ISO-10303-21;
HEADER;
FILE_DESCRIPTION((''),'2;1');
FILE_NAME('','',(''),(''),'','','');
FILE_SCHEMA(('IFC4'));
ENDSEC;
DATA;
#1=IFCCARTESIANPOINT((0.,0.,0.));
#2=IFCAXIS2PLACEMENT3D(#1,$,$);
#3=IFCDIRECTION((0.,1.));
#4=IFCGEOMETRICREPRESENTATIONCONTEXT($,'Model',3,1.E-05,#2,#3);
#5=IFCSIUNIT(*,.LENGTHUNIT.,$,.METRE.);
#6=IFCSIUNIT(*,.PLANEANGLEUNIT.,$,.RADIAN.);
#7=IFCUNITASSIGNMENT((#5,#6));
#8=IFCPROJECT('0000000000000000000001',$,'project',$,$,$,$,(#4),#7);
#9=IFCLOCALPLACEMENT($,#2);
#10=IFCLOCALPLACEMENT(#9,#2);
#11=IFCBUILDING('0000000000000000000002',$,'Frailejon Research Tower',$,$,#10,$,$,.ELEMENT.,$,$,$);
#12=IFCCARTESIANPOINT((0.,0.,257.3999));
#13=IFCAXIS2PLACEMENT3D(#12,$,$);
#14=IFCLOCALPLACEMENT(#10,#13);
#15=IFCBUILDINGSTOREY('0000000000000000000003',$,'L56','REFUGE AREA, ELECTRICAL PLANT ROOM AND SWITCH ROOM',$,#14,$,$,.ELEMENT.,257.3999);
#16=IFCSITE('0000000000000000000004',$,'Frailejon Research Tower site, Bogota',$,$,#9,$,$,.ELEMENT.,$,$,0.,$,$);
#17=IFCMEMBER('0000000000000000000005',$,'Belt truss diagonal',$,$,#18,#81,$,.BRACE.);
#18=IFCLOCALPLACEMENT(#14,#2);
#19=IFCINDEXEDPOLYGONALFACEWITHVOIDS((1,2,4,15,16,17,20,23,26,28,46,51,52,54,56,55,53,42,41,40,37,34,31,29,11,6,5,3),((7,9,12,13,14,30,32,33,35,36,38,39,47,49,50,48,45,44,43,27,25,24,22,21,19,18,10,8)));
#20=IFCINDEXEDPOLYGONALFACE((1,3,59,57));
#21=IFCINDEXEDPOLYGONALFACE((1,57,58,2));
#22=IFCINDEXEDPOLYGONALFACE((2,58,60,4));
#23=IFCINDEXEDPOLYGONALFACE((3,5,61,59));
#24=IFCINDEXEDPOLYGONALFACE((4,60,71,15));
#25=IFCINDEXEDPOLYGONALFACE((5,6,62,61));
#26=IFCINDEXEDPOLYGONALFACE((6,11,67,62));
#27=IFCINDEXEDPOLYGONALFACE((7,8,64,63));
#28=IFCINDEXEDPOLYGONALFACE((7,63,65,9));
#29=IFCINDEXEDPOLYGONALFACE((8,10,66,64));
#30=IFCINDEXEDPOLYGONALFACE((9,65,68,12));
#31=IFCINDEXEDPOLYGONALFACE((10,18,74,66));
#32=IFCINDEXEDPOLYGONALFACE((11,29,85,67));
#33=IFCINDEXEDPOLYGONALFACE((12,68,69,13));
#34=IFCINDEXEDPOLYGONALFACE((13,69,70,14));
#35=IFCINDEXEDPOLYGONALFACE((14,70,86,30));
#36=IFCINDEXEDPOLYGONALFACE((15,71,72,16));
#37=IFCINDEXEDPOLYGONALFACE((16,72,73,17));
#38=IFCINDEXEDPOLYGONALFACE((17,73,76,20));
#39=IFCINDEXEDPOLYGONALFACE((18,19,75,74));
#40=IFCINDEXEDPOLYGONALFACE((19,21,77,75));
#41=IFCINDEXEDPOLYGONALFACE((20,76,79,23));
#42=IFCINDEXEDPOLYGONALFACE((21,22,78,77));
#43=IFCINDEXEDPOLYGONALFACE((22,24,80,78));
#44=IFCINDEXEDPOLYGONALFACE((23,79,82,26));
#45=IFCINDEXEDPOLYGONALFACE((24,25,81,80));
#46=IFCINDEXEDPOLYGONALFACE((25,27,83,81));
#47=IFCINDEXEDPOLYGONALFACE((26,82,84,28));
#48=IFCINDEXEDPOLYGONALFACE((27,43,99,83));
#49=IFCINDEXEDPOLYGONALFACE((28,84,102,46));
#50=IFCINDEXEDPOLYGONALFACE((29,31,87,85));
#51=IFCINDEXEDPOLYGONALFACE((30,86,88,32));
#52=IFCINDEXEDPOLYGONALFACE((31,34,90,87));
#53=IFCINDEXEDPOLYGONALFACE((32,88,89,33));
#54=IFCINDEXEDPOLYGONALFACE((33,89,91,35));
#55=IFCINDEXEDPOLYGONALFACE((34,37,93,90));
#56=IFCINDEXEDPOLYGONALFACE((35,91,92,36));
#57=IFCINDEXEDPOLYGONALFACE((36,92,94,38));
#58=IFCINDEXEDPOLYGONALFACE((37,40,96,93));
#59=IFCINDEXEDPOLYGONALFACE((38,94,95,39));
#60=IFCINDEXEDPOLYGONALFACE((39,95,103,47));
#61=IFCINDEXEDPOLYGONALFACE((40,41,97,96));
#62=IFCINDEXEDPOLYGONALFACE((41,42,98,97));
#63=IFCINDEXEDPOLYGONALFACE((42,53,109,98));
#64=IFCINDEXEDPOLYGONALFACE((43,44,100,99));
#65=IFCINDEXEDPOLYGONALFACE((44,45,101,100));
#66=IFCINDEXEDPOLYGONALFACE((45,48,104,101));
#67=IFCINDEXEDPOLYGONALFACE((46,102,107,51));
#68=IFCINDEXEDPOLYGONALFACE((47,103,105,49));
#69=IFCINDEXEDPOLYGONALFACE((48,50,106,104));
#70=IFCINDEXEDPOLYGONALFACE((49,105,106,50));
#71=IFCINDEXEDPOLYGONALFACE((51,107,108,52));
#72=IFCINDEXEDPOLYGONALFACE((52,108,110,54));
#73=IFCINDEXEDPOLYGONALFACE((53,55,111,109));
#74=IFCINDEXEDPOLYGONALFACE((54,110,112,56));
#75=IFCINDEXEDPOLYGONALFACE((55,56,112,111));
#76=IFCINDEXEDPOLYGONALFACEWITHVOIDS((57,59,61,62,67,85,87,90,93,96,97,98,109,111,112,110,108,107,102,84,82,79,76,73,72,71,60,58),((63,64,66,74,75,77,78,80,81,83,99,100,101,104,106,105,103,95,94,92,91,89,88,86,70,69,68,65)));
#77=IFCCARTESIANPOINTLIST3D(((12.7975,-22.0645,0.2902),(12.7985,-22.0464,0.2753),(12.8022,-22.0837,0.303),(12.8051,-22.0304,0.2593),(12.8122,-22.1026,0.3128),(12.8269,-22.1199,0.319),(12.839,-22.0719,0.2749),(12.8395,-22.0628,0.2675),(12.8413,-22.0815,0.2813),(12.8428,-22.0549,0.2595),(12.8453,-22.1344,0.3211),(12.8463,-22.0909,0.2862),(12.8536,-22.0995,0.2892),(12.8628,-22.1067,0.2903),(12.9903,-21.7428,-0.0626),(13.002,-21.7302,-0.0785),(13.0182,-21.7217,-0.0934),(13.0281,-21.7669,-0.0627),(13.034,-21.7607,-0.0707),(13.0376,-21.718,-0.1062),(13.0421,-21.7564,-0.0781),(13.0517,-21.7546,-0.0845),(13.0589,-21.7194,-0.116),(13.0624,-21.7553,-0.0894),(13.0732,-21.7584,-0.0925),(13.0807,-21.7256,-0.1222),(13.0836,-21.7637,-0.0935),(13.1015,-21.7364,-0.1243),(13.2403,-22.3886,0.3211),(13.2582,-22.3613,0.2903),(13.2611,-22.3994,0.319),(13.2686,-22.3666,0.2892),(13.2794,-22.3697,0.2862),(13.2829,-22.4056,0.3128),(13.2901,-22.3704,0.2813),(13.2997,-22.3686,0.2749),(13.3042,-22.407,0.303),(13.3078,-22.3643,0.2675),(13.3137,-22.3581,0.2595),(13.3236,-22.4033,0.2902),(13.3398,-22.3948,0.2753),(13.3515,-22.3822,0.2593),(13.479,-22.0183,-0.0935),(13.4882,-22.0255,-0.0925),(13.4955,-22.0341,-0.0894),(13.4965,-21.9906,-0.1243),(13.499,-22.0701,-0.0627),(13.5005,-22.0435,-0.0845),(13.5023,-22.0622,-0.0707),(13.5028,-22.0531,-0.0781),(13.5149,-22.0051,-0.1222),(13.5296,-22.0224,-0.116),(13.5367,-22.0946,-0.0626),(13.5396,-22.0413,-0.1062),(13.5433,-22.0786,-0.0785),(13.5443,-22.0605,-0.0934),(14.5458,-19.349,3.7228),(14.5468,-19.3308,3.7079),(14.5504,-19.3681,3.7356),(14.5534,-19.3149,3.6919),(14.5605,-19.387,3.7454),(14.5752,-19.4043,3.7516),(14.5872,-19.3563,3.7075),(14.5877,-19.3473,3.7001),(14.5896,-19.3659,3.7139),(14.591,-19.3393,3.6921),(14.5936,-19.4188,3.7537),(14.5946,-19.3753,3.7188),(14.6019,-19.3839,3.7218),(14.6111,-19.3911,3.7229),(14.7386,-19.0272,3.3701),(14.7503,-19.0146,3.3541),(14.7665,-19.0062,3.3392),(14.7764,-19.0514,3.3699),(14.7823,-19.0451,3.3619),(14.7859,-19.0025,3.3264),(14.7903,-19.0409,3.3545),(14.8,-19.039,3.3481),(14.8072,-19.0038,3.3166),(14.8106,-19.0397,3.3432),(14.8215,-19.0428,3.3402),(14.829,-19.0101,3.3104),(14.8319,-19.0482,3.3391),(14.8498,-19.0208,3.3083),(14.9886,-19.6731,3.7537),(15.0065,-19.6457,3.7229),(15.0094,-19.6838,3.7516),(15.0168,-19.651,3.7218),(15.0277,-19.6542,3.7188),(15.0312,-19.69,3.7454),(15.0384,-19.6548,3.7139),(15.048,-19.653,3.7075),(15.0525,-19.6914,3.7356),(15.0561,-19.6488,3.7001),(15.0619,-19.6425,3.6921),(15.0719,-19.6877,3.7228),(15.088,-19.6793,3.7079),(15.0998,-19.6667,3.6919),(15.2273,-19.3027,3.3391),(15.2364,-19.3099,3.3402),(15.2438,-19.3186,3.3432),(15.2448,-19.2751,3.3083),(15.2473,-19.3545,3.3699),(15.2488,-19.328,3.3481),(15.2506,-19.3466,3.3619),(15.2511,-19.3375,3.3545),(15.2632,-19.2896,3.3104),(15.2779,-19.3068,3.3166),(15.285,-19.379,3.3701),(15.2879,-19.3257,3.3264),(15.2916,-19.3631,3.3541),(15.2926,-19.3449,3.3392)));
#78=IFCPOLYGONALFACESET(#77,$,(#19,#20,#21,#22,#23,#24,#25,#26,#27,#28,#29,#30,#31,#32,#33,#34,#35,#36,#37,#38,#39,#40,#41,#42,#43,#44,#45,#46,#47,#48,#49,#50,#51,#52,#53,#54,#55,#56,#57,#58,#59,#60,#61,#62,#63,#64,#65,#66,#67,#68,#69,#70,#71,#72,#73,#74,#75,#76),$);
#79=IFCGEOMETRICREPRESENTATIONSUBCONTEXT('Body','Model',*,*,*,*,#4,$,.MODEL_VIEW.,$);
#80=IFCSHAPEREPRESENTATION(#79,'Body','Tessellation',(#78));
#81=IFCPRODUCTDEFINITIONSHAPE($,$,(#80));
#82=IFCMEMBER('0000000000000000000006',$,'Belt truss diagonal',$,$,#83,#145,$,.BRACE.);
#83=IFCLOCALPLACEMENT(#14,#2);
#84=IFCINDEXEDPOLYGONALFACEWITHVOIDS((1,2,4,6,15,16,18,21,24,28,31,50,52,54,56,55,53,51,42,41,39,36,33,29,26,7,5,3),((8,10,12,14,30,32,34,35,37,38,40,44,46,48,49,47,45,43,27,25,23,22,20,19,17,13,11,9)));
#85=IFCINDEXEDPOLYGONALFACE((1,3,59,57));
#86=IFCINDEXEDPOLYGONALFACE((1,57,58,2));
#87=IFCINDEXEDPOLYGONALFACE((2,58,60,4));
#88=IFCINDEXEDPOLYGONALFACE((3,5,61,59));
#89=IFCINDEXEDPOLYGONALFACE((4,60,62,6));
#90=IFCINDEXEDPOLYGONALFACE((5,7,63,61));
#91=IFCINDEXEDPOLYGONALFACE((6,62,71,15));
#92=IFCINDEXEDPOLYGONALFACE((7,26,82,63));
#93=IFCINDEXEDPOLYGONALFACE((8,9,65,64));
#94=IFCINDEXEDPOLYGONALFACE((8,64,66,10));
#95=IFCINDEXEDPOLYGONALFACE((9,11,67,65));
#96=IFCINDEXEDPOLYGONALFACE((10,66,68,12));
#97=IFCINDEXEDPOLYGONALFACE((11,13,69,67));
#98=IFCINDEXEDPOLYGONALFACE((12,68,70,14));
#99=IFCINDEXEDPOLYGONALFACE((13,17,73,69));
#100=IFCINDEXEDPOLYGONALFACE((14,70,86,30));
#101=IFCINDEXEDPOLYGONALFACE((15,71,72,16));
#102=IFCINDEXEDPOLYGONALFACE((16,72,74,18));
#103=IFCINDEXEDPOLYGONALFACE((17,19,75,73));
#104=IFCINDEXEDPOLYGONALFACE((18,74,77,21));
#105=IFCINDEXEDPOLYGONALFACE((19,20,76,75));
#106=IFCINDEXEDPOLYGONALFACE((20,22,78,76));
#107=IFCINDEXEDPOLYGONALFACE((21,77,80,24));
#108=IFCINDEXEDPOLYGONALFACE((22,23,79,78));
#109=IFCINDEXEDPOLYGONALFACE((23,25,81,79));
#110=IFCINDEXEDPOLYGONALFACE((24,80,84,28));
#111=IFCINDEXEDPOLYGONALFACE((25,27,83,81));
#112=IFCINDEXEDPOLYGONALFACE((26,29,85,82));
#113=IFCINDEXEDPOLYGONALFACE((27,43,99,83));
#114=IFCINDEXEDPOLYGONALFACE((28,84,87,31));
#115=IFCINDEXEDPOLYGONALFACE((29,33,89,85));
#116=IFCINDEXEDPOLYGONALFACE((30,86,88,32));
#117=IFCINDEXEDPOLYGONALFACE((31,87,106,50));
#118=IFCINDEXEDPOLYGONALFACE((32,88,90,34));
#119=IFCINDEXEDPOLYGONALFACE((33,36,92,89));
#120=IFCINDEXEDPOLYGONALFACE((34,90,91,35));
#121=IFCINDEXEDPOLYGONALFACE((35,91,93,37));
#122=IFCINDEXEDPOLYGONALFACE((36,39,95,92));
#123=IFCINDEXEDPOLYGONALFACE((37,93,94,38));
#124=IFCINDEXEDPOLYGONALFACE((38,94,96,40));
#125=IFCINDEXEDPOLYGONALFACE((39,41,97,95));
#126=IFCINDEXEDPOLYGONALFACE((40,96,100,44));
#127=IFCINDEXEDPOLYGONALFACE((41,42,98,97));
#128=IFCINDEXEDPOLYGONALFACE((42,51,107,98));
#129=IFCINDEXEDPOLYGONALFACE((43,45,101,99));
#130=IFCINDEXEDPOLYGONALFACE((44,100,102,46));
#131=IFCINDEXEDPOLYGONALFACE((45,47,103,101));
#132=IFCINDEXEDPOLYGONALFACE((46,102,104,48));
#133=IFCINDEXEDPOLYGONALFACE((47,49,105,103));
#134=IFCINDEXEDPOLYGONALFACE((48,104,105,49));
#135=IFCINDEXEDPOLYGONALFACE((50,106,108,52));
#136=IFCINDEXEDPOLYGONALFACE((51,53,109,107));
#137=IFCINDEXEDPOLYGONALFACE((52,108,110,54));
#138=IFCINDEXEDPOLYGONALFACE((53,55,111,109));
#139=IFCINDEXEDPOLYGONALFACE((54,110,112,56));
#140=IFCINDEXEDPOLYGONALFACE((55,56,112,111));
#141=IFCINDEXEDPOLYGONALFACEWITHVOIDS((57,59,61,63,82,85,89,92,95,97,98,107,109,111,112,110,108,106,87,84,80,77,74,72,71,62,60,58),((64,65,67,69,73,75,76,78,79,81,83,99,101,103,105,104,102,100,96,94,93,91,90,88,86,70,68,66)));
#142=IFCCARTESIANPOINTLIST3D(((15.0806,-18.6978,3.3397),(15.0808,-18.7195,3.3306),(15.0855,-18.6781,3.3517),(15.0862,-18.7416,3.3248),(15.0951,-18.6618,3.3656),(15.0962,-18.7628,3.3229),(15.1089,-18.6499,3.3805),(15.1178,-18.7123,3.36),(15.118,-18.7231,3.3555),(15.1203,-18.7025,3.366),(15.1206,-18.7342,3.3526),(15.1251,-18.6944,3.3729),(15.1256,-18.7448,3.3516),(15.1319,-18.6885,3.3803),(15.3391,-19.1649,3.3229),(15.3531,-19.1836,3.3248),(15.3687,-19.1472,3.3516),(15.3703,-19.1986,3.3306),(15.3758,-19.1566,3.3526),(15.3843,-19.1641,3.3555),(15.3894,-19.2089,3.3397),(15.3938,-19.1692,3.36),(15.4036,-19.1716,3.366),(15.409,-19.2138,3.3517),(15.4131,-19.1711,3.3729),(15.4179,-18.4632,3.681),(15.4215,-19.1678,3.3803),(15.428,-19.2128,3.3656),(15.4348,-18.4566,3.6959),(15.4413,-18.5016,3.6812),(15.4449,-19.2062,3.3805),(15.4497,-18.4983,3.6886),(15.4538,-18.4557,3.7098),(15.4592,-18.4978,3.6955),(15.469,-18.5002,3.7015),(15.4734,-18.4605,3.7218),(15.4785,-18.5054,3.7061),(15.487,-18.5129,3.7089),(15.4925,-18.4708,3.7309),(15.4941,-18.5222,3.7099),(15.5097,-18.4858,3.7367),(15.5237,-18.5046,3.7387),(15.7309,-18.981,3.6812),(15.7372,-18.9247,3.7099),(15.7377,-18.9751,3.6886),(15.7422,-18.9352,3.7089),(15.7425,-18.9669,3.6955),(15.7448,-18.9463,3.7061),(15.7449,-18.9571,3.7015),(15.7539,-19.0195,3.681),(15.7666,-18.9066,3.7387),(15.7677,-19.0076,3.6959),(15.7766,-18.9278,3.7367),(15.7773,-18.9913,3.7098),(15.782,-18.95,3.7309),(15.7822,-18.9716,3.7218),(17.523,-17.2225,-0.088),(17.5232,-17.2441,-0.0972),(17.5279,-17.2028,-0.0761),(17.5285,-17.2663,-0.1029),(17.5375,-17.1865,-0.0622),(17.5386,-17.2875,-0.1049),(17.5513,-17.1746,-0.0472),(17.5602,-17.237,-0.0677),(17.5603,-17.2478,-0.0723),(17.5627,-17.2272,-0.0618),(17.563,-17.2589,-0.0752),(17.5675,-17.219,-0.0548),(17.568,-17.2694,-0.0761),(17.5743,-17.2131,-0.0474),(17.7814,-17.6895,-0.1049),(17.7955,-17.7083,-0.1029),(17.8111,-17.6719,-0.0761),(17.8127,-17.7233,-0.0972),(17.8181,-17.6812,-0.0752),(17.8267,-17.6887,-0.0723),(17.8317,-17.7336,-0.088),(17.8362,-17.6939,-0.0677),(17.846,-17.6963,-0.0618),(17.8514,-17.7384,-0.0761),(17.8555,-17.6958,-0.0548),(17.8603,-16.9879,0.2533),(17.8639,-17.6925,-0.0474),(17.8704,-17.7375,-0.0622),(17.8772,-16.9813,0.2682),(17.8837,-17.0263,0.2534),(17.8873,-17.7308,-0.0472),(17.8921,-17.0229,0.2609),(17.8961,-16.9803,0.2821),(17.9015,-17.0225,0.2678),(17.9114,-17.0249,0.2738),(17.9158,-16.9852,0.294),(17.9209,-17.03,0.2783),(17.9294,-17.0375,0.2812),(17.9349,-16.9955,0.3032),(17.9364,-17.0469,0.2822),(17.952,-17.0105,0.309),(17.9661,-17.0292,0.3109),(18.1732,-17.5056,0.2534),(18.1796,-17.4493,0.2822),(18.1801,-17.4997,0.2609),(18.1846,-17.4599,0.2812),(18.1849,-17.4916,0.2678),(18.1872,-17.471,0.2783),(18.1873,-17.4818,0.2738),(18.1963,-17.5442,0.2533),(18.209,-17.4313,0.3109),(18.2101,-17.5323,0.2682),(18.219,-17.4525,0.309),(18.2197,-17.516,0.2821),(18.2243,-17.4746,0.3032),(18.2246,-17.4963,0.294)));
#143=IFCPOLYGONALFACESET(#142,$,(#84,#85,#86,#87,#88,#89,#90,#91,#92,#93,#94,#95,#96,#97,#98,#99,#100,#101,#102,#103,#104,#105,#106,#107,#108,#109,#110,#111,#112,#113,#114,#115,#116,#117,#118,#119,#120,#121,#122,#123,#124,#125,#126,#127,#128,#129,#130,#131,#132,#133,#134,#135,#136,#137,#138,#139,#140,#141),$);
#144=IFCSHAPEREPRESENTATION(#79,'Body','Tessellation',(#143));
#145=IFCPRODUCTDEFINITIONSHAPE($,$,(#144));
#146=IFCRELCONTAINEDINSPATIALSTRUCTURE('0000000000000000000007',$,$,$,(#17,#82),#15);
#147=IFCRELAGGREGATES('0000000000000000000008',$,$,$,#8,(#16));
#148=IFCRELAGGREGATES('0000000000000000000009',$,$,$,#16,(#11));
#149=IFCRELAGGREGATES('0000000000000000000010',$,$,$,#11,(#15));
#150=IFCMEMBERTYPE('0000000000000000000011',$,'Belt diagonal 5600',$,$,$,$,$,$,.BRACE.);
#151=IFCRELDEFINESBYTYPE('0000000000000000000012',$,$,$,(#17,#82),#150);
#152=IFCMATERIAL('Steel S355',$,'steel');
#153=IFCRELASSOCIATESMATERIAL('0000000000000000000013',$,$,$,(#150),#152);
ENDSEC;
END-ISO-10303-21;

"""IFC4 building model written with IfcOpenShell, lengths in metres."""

from ifc_helpers import new_model, si_unit, direction, frame, origin, origin_2d, place, context, subcontext, project, spatial, hollow_rectangle, extrude, material, material_profile, profile_set, type_object, element, save


model = new_model("IFC4")

# Units and contexts
model_context = context("Model", 3, precision=1e-05, world=origin(), true_north=direction((0.0, 1.0)))
body_context = subcontext(model_context, "Body", "Model", "MODEL_VIEW")
ifc_project = project(units=[si_unit("LENGTHUNIT", "METRE"), si_unit("PLANEANGLEUNIT", "RADIAN")], contexts=[model_context])

# Site, building, storey
site_placement = place(None, origin())
site = spatial("IfcSite", under=ifc_project, at=site_placement, Name="Frailejon Research Tower site, Bogota", CompositionType="ELEMENT", RefElevation=0.0)
building_placement = place(site_placement, origin())
building = spatial("IfcBuilding", under=site, at=building_placement, Name="Frailejon Research Tower", CompositionType="ELEMENT")
storey_placement = place(building_placement, frame((0.0, 0.0, 257.3999)))
storey = spatial("IfcBuildingStorey", under=building, at=storey_placement, Name="L56", Description="REFUGE AREA, ELECTRICAL PLANT ROOM AND SWITCH ROOM", CompositionType="ELEMENT", Elevation=257.3999)

# Members
ifc_material_1 = material(Name="Steel S355", Category="steel")
ifc_material_profile_1 = material_profile(ifc_material_1, hollow_rectangle(XDim=0.6499, YDim=0.6499, WallThickness=0.0449, InnerFilletRadius=0.0449, OuterFilletRadius=0.0901, at=origin_2d()), Name="Belt diagonal 5600")
ifc_profile_set_1 = profile_set([ifc_material_profile_1], Name="Steel S355")
member_type = type_object("IfcMemberType", Name="Belt diagonal 5600", PredefinedType="BRACE", material=ifc_profile_set_1)
member_1_placement = place(storey_placement, frame((13.1709, -22.0625, 0.0984), z_axis=(0.370939, 0.576171, 0.728307), x_axis=(-0.840817, 0.541319, 0.0)))
element("IfcMember", 1, at=member_1_placement, inside=storey, type_object=member_type, Name="Belt truss diagonal", PredefinedType="BRACE", context=body_context, shape_type="SweptSolid", body=[
    extrude(hollow_rectangle(XDim=0.6499, YDim=0.6499, WallThickness=0.0449, InnerFilletRadius=0.0449, OuterFilletRadius=0.0901, at=origin_2d()), origin(), (0.0, 0.0, 1.0), 4.7131),
])
member_2_placement = place(storey_placement, frame((15.4314, -18.8347, 3.5308), z_axis=(0.547625, 0.330797, -0.768557), x_axis=(-0.517048, 0.855957, 0.0)))
element("IfcMember", 2, at=member_2_placement, inside=storey, type_object=member_type, Name="Belt truss diagonal", PredefinedType="BRACE", context=body_context, shape_type="SweptSolid", body=[
    extrude(hollow_rectangle(XDim=0.6499, YDim=0.6499, WallThickness=0.0449, InnerFilletRadius=0.0449, OuterFilletRadius=0.0901, at=origin_2d()), origin(), (0.0, 0.0, 1.0), 4.46),
])

save(model, "model.ifc")
